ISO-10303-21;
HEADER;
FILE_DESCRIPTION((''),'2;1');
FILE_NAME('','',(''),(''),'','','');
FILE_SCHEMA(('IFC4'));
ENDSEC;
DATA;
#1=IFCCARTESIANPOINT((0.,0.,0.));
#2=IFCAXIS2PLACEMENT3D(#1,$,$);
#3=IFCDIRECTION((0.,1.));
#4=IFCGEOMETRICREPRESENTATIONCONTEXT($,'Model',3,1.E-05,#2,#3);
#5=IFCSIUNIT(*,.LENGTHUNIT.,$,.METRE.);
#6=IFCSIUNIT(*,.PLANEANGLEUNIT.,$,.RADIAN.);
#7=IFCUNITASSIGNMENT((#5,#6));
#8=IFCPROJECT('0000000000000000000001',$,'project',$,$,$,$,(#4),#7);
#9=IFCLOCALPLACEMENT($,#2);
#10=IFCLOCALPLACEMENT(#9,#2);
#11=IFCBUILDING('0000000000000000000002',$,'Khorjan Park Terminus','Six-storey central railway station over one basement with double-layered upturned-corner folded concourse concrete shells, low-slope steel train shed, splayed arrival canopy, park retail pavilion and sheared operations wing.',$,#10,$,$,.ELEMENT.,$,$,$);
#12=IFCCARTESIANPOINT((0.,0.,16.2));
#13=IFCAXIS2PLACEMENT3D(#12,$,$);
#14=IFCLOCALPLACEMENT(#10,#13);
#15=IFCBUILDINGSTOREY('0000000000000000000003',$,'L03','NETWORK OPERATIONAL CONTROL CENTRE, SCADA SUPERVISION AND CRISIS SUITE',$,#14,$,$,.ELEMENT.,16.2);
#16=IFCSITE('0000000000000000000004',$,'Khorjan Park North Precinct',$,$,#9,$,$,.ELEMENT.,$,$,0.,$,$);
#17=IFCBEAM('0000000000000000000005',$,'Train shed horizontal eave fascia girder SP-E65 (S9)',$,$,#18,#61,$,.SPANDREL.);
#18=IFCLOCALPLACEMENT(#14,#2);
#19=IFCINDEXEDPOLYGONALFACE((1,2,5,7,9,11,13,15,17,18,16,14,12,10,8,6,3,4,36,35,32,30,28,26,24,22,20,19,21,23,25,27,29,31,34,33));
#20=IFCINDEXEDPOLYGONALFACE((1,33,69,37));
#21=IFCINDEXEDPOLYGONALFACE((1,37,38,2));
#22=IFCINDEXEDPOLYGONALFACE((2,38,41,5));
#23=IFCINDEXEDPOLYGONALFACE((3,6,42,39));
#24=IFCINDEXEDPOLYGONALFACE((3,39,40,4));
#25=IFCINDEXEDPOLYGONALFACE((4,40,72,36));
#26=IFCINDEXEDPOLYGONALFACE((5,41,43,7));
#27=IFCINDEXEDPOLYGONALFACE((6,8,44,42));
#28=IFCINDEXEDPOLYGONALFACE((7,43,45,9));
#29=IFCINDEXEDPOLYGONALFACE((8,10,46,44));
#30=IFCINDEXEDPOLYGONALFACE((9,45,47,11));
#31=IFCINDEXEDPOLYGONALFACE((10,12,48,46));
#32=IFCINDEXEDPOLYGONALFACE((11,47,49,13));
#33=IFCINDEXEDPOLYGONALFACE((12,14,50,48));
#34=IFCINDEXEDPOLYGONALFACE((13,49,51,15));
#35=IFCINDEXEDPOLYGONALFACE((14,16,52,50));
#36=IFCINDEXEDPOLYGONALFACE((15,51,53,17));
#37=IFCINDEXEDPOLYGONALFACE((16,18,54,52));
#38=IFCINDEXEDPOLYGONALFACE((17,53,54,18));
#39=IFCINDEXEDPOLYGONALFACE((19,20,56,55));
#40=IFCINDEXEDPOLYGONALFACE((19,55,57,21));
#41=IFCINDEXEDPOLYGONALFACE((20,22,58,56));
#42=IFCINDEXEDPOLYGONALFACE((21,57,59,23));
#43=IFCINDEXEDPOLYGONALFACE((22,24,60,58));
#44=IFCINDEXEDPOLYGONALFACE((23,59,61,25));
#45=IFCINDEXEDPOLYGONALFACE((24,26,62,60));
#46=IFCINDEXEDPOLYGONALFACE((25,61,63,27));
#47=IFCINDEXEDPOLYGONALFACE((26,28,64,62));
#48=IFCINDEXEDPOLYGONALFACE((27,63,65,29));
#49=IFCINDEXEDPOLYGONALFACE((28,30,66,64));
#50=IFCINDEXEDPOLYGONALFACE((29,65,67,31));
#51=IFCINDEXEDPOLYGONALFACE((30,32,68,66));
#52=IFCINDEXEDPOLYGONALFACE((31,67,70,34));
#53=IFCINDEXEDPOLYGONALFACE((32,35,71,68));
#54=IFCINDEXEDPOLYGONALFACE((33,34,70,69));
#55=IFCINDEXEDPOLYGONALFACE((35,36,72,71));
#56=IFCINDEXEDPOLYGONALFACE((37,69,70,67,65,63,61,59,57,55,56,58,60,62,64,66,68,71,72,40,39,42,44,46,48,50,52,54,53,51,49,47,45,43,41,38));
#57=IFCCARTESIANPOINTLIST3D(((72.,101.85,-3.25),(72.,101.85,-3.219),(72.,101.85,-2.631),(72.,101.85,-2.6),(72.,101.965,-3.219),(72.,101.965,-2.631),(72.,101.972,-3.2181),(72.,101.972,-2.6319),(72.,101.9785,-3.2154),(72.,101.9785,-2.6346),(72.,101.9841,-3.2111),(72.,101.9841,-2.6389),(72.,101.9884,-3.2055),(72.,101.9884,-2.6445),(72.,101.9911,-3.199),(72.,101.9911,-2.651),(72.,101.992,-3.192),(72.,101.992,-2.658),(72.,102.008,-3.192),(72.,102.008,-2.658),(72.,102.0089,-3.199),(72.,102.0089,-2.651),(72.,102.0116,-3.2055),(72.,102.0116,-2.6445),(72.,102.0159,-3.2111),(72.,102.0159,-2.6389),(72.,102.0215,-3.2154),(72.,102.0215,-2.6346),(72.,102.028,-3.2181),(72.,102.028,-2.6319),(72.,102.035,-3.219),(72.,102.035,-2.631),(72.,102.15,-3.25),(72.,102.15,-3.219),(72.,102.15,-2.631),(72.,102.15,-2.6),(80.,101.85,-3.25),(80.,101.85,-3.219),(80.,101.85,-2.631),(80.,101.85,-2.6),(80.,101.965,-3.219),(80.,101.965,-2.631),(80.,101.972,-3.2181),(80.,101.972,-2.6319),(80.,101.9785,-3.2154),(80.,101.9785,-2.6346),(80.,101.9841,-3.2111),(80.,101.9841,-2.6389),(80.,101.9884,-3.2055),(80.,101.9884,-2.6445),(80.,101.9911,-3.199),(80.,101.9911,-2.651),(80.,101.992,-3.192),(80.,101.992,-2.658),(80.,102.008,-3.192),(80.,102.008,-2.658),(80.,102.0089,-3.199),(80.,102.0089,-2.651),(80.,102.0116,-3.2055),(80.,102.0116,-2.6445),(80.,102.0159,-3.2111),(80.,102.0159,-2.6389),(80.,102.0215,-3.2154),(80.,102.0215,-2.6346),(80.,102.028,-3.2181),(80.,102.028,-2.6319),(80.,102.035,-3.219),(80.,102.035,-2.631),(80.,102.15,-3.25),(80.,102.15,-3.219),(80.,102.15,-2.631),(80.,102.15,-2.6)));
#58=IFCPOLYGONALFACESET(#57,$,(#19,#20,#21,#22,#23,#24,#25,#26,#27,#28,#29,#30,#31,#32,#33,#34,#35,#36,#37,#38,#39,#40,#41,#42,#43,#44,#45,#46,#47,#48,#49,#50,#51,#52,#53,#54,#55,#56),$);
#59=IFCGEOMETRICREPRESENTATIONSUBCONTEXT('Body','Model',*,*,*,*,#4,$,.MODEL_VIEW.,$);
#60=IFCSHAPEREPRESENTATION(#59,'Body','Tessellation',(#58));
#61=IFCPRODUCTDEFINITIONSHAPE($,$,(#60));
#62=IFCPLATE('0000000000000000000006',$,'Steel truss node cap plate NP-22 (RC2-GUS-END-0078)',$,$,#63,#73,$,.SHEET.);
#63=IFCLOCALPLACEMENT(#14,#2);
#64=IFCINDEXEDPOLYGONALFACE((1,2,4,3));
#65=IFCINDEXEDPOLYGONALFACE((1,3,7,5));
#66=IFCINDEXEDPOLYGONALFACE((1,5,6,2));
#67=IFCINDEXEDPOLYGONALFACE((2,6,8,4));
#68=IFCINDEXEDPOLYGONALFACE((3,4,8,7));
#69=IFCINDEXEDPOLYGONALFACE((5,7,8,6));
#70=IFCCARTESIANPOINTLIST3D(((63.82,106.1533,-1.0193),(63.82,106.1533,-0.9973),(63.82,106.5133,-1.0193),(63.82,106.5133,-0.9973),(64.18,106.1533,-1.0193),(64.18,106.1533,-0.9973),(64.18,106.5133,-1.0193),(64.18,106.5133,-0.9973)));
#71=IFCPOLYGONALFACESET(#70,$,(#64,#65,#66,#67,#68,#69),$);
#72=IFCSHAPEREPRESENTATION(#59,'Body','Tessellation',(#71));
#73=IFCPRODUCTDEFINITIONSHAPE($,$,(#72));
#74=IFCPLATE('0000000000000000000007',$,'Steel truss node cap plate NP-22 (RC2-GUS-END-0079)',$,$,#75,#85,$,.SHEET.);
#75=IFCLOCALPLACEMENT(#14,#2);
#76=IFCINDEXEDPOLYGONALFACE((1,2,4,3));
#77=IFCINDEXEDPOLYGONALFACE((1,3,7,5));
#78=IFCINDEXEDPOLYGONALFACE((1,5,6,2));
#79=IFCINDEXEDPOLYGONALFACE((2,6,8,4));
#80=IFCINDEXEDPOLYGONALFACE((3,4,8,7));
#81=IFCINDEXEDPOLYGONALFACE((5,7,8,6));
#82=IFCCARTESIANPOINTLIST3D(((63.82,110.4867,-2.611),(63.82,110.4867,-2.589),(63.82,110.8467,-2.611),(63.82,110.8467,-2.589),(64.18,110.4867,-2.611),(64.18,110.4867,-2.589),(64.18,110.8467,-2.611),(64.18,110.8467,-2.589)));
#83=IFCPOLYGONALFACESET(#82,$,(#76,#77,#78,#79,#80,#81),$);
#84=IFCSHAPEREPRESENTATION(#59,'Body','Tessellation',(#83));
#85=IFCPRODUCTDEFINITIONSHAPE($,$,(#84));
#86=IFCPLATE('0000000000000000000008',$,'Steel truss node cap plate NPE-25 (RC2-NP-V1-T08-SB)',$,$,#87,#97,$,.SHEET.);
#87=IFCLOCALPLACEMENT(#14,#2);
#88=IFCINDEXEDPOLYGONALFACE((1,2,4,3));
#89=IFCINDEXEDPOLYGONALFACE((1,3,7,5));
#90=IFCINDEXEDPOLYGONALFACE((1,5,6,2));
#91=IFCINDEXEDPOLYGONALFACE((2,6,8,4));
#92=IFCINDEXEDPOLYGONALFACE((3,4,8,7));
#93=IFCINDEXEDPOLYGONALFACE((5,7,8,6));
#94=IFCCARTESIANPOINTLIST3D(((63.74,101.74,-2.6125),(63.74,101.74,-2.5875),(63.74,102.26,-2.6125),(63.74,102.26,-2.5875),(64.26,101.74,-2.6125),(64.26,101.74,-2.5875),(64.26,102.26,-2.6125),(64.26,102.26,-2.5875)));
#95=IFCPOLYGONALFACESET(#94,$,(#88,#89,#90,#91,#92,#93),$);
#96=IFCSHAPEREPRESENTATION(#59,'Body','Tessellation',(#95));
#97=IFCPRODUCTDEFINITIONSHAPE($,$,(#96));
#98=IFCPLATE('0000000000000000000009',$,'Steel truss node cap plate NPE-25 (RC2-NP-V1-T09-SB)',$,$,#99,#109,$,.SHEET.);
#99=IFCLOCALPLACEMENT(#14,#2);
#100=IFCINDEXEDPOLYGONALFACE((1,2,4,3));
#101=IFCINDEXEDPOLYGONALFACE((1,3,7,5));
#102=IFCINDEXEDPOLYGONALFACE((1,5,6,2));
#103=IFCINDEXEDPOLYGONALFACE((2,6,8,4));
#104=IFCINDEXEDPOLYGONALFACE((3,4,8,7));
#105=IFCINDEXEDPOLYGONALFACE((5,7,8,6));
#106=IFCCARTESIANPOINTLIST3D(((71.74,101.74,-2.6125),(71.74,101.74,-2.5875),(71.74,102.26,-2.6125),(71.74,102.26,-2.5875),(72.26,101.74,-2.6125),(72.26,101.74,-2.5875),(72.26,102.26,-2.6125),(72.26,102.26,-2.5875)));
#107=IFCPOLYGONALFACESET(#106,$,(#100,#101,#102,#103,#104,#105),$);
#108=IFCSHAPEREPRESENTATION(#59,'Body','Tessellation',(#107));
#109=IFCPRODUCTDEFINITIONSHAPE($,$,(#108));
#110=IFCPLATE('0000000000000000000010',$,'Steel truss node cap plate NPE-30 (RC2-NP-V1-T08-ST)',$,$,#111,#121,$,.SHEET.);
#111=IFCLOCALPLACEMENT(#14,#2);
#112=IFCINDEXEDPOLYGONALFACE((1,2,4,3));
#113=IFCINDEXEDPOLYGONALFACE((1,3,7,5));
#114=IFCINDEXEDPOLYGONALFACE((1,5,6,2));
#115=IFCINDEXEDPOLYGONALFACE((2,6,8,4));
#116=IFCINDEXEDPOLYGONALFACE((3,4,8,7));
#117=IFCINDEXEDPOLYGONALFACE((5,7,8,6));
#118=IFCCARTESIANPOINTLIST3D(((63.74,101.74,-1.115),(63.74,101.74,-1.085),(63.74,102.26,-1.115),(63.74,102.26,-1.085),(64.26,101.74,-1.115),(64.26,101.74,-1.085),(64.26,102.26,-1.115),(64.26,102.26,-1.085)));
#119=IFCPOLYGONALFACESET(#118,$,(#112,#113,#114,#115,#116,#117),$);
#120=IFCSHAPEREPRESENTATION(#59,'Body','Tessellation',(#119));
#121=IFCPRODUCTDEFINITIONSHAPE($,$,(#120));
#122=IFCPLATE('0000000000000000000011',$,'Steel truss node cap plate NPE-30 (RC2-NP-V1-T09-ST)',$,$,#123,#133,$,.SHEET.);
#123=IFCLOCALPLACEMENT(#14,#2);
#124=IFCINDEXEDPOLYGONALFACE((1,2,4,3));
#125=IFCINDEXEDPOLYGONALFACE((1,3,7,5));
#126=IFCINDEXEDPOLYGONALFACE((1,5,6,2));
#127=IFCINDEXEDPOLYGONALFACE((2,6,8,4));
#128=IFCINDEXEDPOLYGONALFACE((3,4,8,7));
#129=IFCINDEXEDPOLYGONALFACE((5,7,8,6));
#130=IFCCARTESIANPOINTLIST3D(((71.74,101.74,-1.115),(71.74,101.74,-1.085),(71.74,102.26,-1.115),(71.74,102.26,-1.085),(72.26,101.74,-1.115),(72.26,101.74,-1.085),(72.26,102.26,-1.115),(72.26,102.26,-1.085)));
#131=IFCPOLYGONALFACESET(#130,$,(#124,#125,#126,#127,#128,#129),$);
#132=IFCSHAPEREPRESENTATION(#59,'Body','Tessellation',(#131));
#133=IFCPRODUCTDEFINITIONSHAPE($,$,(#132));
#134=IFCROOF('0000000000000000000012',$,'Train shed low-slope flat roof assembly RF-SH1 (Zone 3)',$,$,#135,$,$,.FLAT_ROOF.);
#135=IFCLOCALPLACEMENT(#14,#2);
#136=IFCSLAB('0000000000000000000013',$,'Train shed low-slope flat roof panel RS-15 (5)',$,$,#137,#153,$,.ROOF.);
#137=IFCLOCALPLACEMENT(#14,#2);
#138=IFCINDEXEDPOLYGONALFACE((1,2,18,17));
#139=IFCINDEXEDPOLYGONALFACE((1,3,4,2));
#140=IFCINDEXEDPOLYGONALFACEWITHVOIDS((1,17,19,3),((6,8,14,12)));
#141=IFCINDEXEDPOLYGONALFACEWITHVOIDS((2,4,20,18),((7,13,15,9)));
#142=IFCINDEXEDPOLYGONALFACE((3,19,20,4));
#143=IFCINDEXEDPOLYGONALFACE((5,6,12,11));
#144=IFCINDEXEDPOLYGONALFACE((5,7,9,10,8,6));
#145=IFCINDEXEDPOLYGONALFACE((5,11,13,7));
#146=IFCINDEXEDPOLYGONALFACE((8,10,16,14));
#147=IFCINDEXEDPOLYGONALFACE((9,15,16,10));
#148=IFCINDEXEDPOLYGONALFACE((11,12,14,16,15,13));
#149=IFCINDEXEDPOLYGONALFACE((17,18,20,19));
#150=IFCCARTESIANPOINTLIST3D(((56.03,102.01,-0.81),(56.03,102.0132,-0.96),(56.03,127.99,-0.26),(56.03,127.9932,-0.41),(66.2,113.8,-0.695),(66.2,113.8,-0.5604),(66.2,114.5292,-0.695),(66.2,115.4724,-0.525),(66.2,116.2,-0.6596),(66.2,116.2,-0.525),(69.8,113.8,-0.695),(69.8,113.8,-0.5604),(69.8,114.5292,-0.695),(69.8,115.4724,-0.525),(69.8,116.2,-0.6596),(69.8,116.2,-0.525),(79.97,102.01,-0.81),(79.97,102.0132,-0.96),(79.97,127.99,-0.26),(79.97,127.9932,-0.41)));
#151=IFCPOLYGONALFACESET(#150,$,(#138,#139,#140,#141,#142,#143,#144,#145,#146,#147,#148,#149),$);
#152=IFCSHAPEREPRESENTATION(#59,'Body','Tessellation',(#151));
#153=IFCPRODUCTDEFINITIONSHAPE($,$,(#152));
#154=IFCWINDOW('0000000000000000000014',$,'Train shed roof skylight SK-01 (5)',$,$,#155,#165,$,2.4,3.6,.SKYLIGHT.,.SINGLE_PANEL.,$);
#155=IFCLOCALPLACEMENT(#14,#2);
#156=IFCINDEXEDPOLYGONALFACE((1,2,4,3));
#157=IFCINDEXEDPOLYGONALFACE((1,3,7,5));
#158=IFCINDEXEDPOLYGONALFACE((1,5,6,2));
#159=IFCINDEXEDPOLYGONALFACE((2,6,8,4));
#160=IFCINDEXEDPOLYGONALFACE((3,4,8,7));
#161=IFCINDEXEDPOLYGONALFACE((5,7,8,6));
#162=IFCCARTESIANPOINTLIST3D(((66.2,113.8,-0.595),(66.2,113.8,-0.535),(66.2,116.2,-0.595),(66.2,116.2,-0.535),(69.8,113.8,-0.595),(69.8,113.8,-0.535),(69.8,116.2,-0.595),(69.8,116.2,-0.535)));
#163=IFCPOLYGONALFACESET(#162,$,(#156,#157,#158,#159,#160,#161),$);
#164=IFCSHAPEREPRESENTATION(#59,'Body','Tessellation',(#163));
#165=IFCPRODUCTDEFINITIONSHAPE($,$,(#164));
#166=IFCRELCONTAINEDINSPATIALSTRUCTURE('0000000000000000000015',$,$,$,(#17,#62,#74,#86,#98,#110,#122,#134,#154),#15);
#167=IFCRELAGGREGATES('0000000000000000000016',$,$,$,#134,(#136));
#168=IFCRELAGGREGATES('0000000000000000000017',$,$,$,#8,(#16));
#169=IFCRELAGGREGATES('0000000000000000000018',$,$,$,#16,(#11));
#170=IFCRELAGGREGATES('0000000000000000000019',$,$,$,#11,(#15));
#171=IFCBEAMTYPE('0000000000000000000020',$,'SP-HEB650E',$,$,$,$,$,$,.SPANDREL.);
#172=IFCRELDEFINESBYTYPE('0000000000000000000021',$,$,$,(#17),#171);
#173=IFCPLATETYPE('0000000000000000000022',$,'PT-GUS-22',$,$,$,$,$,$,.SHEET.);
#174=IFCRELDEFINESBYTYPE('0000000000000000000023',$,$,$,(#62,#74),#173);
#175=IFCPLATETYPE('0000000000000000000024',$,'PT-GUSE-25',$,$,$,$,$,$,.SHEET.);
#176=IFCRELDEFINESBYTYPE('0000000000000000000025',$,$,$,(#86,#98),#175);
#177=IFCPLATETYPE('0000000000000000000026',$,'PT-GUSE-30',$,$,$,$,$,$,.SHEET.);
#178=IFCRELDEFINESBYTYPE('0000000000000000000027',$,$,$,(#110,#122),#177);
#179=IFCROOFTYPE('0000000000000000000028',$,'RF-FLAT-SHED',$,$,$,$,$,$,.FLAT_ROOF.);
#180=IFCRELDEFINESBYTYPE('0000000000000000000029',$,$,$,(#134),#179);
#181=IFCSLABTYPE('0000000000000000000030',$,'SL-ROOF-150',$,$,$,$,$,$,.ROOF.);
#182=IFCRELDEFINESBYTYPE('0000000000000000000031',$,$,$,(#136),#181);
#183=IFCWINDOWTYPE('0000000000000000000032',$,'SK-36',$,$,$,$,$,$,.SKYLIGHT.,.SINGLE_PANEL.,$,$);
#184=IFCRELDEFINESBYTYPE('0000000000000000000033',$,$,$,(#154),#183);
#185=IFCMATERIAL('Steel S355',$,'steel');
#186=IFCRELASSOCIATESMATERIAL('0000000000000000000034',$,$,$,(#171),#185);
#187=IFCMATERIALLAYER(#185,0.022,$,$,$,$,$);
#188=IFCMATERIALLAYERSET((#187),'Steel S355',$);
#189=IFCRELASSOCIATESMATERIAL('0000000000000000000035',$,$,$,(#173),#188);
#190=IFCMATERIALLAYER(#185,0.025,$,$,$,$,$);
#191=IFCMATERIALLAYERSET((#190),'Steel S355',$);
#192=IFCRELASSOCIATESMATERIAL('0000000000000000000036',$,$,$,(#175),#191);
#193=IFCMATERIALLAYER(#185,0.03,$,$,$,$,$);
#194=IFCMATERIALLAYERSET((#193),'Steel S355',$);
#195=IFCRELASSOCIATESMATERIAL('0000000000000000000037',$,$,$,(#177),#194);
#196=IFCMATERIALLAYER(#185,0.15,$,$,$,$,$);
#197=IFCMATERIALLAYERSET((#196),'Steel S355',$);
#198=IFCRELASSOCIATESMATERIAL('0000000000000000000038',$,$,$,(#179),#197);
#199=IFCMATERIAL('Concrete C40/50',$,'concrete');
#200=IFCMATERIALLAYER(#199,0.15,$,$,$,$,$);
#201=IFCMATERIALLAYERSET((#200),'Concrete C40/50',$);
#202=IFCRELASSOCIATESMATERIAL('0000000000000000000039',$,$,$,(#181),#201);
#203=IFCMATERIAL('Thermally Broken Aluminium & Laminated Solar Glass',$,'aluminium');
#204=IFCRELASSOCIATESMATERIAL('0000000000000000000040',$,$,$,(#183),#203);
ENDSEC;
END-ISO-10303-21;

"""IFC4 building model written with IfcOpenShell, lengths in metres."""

from ifc_helpers import new_model, si_unit, direction, frame, origin, origin_2d, place, context, subcontext, project, spatial, polyline, rectangle, i_section, outline, extrude, material, layer, layer_set, material_profile, profile_set, type_object, element, fill, aggregate, save


model = new_model("IFC4")

# Units and contexts
model_context = context("Model", 3, precision=1e-05, world=origin(), true_north=direction((0.0, 1.0)))
body_context = subcontext(model_context, "Body", "Model", "MODEL_VIEW")
ifc_project = project(units=[si_unit("LENGTHUNIT", "METRE"), si_unit("PLANEANGLEUNIT", "RADIAN")], contexts=[model_context])

# Site, building, storey
site_placement = place(None, origin())
site = spatial("IfcSite", under=ifc_project, at=site_placement, Name="Khorjan Park North Precinct", CompositionType="ELEMENT", RefElevation=0.0)
building_placement = place(site_placement, origin())
building = spatial("IfcBuilding", under=site, at=building_placement, Name="Khorjan Park Terminus", Description="Six-storey central railway station over one basement with double-layered upturned-corner folded concourse concrete shells, low-slope steel train shed, splayed arrival canopy, park retail pavilion and sheared operations wing.", CompositionType="ELEMENT")
storey_placement = place(building_placement, frame((0.0, 0.0, 16.2)))
storey = spatial("IfcBuildingStorey", under=building, at=storey_placement, Name="L03", Description="NETWORK OPERATIONAL CONTROL CENTRE, SCADA SUPERVISION AND CRISIS SUITE", CompositionType="ELEMENT", Elevation=16.2)

# Shared definitions
ifc_material_1 = material(Name="Steel S355", Category="steel")

# Beam
ifc_material_profile_1 = material_profile(ifc_material_1, i_section(OverallWidth=0.3, OverallDepth=0.65, WebThickness=0.016, FlangeThickness=0.031, FilletRadius=0.027, at=origin_2d()), Name="HEB 650")
ifc_profile_set_1 = profile_set([ifc_material_profile_1], Name="Steel S355")
beam_type = type_object("IfcBeamType", Name="SP-HEB650E", PredefinedType="SPANDREL", material=ifc_profile_set_1)
for number, where, z_axis, x_axis, name in (
    (1, (72.0, 102.0, -2.925), (1.0, 0.0, 0.0), (0.0, 1.0, 0.0), "Train shed horizontal eave fascia girder SP-E65 (S9)"),
):
    element("IfcBeam", number, at=place(storey_placement, frame(where, z_axis=z_axis, x_axis=x_axis)), inside=storey, type_object=beam_type, Name=name, PredefinedType="SPANDREL", context=body_context, shape_type="SweptSolid", body=[
        extrude(i_section(OverallWidth=0.3, OverallDepth=0.65, WebThickness=0.016, FlangeThickness=0.031, FilletRadius=0.027, at=origin_2d()), origin(), (0.0, 0.0, 1.0), 8.0),
    ])

# Plates
ifc_layer_1 = layer(ifc_material_1, 0.022)
ifc_layer_set_1 = layer_set([ifc_layer_1], Name="Steel S355")
plate_type_1 = type_object("IfcPlateType", Name="PT-GUS-22", PredefinedType="SHEET", material=ifc_layer_set_1)
for number, where, z_axis, x_axis, name in (
    (2, (64.0, 106.3333, -1.0193), (0.0, 0.0, 1.0), (1.0, 0.0, 0.0), "Steel truss node cap plate NP-22 (RC2-GUS-END-0078)"),
    (3, (64.0, 110.6667, -2.611), (0.0, 0.0, 1.0), (1.0, 0.0, 0.0), "Steel truss node cap plate NP-22 (RC2-GUS-END-0079)"),
):
    element("IfcPlate", number, at=place(storey_placement, frame(where, z_axis=z_axis, x_axis=x_axis)), inside=storey, type_object=plate_type_1, Name=name, PredefinedType="SHEET", context=body_context, shape_type="SweptSolid", body=[
        extrude(rectangle(XDim=0.36, YDim=0.36, at=origin_2d()), origin(), (0.0, 0.0, 1.0), 0.022),
    ])
ifc_layer_2 = layer(ifc_material_1, 0.025)
ifc_layer_set_2 = layer_set([ifc_layer_2], Name="Steel S355")
plate_type_2 = type_object("IfcPlateType", Name="PT-GUSE-25", PredefinedType="SHEET", material=ifc_layer_set_2)
for number, where, z_axis, x_axis, name in (
    (4, (64.0, 102.0, -2.6125), (0.0, 0.0, 1.0), (1.0, 0.0, 0.0), "Steel truss node cap plate NPE-25 (RC2-NP-V1-T08-SB)"),
    (5, (72.0, 102.0, -2.6125), (0.0, 0.0, 1.0), (1.0, 0.0, 0.0), "Steel truss node cap plate NPE-25 (RC2-NP-V1-T09-SB)"),
):
    element("IfcPlate", number, at=place(storey_placement, frame(where, z_axis=z_axis, x_axis=x_axis)), inside=storey, type_object=plate_type_2, Name=name, PredefinedType="SHEET", context=body_context, shape_type="SweptSolid", body=[
        extrude(rectangle(XDim=0.52, YDim=0.52, at=origin_2d()), origin(), (0.0, 0.0, 1.0), 0.025),
    ])
ifc_layer_3 = layer(ifc_material_1, 0.03)
ifc_layer_set_3 = layer_set([ifc_layer_3], Name="Steel S355")
plate_type_3 = type_object("IfcPlateType", Name="PT-GUSE-30", PredefinedType="SHEET", material=ifc_layer_set_3)
for number, where, z_axis, x_axis, name in (
    (6, (64.0, 102.0, -1.115), (0.0, 0.0, 1.0), (1.0, 0.0, 0.0), "Steel truss node cap plate NPE-30 (RC2-NP-V1-T08-ST)"),
    (7, (72.0, 102.0, -1.115), (0.0, 0.0, 1.0), (1.0, 0.0, 0.0), "Steel truss node cap plate NPE-30 (RC2-NP-V1-T09-ST)"),
):
    element("IfcPlate", number, at=place(storey_placement, frame(where, z_axis=z_axis, x_axis=x_axis)), inside=storey, type_object=plate_type_3, Name=name, PredefinedType="SHEET", context=body_context, shape_type="SweptSolid", body=[
        extrude(rectangle(XDim=0.52, YDim=0.52, at=origin_2d()), origin(), (0.0, 0.0, 1.0), 0.03),
    ])

# Roof, slab, opening, window
ifc_layer_4 = layer(ifc_material_1, 0.15)
ifc_layer_set_4 = layer_set([ifc_layer_4], Name="Steel S355")
roof_type = type_object("IfcRoofType", Name="RF-FLAT-SHED", PredefinedType="FLAT_ROOF", material=ifc_layer_set_4)
roof_placement = place(storey_placement, origin())
roof = element("IfcRoof", 8, at=roof_placement, inside=storey, type_object=roof_type, Name="Train shed low-slope flat roof assembly RF-SH1 (Zone 3)", PredefinedType="FLAT_ROOF")
ifc_material_2 = material(Name="Concrete C40/50", Category="concrete")
ifc_layer_5 = layer(ifc_material_2, 0.15)
ifc_layer_set_5 = layer_set([ifc_layer_5], Name="Concrete C40/50")
slab_type = type_object("IfcSlabType", Name="SL-ROOF-150", PredefinedType="ROOF", material=ifc_layer_set_5)
slab_placement = place(storey_placement, frame((56.03, 102.01, -0.81), z_axis=(0.0, -0.021165, 0.999776), x_axis=(1.0, 0.0, 0.0)))
slab = element("IfcSlab", 9, at=slab_placement, type_object=slab_type, Name="Train shed low-slope flat roof panel RS-15 (5)", PredefinedType="ROOF", context=body_context, shape_type="SweptSolid", body=[
    extrude(outline(polyline([(0.0, 0.0), (23.94, 0.0), (23.94, 25.9858), (0.0, 25.9858), (0.0, 0.0)])), origin(), (0.0, 0.0, -1.0), 0.15),
])
opening_placement = place(storey_placement, frame((68.0, 115.0, -0.685), z_axis=(0.0, 0.0, 1.0), x_axis=(1.0, 0.0, 0.0)))
opening = element("IfcOpeningElement", 10, at=opening_placement, cuts=slab, PredefinedType="OPENING", context=body_context, shape_type="SweptSolid", body=[
    extrude(rectangle(XDim=3.6, YDim=2.4, at=origin_2d()), frame((0.0, 0.0, -0.01)), (0.0, 0.0, 1.0), 0.17),
])
ifc_material_3 = material(Name="Thermally Broken Aluminium & Laminated Solar Glass", Category="aluminium")
window_type = type_object("IfcWindowType", Name="SK-36", PartitioningType="SINGLE_PANEL", PredefinedType="SKYLIGHT", material=ifc_material_3)
window_placement = place(opening_placement, frame((0.0, 0.0, 0.09)))
window = element("IfcWindow", 11, at=window_placement, inside=storey, type_object=window_type, Name="Train shed roof skylight SK-01 (5)", OverallHeight=2.4, OverallWidth=3.6, PartitioningType="SINGLE_PANEL", PredefinedType="SKYLIGHT", context=body_context, shape_type="SweptSolid", body=[
    extrude(rectangle(XDim=3.6, YDim=2.4, at=origin_2d()), origin(), (0.0, 0.0, 1.0), 0.06),
])
fill(opening, window)
aggregate(roof, [slab])

save(model, "model.ifc")
